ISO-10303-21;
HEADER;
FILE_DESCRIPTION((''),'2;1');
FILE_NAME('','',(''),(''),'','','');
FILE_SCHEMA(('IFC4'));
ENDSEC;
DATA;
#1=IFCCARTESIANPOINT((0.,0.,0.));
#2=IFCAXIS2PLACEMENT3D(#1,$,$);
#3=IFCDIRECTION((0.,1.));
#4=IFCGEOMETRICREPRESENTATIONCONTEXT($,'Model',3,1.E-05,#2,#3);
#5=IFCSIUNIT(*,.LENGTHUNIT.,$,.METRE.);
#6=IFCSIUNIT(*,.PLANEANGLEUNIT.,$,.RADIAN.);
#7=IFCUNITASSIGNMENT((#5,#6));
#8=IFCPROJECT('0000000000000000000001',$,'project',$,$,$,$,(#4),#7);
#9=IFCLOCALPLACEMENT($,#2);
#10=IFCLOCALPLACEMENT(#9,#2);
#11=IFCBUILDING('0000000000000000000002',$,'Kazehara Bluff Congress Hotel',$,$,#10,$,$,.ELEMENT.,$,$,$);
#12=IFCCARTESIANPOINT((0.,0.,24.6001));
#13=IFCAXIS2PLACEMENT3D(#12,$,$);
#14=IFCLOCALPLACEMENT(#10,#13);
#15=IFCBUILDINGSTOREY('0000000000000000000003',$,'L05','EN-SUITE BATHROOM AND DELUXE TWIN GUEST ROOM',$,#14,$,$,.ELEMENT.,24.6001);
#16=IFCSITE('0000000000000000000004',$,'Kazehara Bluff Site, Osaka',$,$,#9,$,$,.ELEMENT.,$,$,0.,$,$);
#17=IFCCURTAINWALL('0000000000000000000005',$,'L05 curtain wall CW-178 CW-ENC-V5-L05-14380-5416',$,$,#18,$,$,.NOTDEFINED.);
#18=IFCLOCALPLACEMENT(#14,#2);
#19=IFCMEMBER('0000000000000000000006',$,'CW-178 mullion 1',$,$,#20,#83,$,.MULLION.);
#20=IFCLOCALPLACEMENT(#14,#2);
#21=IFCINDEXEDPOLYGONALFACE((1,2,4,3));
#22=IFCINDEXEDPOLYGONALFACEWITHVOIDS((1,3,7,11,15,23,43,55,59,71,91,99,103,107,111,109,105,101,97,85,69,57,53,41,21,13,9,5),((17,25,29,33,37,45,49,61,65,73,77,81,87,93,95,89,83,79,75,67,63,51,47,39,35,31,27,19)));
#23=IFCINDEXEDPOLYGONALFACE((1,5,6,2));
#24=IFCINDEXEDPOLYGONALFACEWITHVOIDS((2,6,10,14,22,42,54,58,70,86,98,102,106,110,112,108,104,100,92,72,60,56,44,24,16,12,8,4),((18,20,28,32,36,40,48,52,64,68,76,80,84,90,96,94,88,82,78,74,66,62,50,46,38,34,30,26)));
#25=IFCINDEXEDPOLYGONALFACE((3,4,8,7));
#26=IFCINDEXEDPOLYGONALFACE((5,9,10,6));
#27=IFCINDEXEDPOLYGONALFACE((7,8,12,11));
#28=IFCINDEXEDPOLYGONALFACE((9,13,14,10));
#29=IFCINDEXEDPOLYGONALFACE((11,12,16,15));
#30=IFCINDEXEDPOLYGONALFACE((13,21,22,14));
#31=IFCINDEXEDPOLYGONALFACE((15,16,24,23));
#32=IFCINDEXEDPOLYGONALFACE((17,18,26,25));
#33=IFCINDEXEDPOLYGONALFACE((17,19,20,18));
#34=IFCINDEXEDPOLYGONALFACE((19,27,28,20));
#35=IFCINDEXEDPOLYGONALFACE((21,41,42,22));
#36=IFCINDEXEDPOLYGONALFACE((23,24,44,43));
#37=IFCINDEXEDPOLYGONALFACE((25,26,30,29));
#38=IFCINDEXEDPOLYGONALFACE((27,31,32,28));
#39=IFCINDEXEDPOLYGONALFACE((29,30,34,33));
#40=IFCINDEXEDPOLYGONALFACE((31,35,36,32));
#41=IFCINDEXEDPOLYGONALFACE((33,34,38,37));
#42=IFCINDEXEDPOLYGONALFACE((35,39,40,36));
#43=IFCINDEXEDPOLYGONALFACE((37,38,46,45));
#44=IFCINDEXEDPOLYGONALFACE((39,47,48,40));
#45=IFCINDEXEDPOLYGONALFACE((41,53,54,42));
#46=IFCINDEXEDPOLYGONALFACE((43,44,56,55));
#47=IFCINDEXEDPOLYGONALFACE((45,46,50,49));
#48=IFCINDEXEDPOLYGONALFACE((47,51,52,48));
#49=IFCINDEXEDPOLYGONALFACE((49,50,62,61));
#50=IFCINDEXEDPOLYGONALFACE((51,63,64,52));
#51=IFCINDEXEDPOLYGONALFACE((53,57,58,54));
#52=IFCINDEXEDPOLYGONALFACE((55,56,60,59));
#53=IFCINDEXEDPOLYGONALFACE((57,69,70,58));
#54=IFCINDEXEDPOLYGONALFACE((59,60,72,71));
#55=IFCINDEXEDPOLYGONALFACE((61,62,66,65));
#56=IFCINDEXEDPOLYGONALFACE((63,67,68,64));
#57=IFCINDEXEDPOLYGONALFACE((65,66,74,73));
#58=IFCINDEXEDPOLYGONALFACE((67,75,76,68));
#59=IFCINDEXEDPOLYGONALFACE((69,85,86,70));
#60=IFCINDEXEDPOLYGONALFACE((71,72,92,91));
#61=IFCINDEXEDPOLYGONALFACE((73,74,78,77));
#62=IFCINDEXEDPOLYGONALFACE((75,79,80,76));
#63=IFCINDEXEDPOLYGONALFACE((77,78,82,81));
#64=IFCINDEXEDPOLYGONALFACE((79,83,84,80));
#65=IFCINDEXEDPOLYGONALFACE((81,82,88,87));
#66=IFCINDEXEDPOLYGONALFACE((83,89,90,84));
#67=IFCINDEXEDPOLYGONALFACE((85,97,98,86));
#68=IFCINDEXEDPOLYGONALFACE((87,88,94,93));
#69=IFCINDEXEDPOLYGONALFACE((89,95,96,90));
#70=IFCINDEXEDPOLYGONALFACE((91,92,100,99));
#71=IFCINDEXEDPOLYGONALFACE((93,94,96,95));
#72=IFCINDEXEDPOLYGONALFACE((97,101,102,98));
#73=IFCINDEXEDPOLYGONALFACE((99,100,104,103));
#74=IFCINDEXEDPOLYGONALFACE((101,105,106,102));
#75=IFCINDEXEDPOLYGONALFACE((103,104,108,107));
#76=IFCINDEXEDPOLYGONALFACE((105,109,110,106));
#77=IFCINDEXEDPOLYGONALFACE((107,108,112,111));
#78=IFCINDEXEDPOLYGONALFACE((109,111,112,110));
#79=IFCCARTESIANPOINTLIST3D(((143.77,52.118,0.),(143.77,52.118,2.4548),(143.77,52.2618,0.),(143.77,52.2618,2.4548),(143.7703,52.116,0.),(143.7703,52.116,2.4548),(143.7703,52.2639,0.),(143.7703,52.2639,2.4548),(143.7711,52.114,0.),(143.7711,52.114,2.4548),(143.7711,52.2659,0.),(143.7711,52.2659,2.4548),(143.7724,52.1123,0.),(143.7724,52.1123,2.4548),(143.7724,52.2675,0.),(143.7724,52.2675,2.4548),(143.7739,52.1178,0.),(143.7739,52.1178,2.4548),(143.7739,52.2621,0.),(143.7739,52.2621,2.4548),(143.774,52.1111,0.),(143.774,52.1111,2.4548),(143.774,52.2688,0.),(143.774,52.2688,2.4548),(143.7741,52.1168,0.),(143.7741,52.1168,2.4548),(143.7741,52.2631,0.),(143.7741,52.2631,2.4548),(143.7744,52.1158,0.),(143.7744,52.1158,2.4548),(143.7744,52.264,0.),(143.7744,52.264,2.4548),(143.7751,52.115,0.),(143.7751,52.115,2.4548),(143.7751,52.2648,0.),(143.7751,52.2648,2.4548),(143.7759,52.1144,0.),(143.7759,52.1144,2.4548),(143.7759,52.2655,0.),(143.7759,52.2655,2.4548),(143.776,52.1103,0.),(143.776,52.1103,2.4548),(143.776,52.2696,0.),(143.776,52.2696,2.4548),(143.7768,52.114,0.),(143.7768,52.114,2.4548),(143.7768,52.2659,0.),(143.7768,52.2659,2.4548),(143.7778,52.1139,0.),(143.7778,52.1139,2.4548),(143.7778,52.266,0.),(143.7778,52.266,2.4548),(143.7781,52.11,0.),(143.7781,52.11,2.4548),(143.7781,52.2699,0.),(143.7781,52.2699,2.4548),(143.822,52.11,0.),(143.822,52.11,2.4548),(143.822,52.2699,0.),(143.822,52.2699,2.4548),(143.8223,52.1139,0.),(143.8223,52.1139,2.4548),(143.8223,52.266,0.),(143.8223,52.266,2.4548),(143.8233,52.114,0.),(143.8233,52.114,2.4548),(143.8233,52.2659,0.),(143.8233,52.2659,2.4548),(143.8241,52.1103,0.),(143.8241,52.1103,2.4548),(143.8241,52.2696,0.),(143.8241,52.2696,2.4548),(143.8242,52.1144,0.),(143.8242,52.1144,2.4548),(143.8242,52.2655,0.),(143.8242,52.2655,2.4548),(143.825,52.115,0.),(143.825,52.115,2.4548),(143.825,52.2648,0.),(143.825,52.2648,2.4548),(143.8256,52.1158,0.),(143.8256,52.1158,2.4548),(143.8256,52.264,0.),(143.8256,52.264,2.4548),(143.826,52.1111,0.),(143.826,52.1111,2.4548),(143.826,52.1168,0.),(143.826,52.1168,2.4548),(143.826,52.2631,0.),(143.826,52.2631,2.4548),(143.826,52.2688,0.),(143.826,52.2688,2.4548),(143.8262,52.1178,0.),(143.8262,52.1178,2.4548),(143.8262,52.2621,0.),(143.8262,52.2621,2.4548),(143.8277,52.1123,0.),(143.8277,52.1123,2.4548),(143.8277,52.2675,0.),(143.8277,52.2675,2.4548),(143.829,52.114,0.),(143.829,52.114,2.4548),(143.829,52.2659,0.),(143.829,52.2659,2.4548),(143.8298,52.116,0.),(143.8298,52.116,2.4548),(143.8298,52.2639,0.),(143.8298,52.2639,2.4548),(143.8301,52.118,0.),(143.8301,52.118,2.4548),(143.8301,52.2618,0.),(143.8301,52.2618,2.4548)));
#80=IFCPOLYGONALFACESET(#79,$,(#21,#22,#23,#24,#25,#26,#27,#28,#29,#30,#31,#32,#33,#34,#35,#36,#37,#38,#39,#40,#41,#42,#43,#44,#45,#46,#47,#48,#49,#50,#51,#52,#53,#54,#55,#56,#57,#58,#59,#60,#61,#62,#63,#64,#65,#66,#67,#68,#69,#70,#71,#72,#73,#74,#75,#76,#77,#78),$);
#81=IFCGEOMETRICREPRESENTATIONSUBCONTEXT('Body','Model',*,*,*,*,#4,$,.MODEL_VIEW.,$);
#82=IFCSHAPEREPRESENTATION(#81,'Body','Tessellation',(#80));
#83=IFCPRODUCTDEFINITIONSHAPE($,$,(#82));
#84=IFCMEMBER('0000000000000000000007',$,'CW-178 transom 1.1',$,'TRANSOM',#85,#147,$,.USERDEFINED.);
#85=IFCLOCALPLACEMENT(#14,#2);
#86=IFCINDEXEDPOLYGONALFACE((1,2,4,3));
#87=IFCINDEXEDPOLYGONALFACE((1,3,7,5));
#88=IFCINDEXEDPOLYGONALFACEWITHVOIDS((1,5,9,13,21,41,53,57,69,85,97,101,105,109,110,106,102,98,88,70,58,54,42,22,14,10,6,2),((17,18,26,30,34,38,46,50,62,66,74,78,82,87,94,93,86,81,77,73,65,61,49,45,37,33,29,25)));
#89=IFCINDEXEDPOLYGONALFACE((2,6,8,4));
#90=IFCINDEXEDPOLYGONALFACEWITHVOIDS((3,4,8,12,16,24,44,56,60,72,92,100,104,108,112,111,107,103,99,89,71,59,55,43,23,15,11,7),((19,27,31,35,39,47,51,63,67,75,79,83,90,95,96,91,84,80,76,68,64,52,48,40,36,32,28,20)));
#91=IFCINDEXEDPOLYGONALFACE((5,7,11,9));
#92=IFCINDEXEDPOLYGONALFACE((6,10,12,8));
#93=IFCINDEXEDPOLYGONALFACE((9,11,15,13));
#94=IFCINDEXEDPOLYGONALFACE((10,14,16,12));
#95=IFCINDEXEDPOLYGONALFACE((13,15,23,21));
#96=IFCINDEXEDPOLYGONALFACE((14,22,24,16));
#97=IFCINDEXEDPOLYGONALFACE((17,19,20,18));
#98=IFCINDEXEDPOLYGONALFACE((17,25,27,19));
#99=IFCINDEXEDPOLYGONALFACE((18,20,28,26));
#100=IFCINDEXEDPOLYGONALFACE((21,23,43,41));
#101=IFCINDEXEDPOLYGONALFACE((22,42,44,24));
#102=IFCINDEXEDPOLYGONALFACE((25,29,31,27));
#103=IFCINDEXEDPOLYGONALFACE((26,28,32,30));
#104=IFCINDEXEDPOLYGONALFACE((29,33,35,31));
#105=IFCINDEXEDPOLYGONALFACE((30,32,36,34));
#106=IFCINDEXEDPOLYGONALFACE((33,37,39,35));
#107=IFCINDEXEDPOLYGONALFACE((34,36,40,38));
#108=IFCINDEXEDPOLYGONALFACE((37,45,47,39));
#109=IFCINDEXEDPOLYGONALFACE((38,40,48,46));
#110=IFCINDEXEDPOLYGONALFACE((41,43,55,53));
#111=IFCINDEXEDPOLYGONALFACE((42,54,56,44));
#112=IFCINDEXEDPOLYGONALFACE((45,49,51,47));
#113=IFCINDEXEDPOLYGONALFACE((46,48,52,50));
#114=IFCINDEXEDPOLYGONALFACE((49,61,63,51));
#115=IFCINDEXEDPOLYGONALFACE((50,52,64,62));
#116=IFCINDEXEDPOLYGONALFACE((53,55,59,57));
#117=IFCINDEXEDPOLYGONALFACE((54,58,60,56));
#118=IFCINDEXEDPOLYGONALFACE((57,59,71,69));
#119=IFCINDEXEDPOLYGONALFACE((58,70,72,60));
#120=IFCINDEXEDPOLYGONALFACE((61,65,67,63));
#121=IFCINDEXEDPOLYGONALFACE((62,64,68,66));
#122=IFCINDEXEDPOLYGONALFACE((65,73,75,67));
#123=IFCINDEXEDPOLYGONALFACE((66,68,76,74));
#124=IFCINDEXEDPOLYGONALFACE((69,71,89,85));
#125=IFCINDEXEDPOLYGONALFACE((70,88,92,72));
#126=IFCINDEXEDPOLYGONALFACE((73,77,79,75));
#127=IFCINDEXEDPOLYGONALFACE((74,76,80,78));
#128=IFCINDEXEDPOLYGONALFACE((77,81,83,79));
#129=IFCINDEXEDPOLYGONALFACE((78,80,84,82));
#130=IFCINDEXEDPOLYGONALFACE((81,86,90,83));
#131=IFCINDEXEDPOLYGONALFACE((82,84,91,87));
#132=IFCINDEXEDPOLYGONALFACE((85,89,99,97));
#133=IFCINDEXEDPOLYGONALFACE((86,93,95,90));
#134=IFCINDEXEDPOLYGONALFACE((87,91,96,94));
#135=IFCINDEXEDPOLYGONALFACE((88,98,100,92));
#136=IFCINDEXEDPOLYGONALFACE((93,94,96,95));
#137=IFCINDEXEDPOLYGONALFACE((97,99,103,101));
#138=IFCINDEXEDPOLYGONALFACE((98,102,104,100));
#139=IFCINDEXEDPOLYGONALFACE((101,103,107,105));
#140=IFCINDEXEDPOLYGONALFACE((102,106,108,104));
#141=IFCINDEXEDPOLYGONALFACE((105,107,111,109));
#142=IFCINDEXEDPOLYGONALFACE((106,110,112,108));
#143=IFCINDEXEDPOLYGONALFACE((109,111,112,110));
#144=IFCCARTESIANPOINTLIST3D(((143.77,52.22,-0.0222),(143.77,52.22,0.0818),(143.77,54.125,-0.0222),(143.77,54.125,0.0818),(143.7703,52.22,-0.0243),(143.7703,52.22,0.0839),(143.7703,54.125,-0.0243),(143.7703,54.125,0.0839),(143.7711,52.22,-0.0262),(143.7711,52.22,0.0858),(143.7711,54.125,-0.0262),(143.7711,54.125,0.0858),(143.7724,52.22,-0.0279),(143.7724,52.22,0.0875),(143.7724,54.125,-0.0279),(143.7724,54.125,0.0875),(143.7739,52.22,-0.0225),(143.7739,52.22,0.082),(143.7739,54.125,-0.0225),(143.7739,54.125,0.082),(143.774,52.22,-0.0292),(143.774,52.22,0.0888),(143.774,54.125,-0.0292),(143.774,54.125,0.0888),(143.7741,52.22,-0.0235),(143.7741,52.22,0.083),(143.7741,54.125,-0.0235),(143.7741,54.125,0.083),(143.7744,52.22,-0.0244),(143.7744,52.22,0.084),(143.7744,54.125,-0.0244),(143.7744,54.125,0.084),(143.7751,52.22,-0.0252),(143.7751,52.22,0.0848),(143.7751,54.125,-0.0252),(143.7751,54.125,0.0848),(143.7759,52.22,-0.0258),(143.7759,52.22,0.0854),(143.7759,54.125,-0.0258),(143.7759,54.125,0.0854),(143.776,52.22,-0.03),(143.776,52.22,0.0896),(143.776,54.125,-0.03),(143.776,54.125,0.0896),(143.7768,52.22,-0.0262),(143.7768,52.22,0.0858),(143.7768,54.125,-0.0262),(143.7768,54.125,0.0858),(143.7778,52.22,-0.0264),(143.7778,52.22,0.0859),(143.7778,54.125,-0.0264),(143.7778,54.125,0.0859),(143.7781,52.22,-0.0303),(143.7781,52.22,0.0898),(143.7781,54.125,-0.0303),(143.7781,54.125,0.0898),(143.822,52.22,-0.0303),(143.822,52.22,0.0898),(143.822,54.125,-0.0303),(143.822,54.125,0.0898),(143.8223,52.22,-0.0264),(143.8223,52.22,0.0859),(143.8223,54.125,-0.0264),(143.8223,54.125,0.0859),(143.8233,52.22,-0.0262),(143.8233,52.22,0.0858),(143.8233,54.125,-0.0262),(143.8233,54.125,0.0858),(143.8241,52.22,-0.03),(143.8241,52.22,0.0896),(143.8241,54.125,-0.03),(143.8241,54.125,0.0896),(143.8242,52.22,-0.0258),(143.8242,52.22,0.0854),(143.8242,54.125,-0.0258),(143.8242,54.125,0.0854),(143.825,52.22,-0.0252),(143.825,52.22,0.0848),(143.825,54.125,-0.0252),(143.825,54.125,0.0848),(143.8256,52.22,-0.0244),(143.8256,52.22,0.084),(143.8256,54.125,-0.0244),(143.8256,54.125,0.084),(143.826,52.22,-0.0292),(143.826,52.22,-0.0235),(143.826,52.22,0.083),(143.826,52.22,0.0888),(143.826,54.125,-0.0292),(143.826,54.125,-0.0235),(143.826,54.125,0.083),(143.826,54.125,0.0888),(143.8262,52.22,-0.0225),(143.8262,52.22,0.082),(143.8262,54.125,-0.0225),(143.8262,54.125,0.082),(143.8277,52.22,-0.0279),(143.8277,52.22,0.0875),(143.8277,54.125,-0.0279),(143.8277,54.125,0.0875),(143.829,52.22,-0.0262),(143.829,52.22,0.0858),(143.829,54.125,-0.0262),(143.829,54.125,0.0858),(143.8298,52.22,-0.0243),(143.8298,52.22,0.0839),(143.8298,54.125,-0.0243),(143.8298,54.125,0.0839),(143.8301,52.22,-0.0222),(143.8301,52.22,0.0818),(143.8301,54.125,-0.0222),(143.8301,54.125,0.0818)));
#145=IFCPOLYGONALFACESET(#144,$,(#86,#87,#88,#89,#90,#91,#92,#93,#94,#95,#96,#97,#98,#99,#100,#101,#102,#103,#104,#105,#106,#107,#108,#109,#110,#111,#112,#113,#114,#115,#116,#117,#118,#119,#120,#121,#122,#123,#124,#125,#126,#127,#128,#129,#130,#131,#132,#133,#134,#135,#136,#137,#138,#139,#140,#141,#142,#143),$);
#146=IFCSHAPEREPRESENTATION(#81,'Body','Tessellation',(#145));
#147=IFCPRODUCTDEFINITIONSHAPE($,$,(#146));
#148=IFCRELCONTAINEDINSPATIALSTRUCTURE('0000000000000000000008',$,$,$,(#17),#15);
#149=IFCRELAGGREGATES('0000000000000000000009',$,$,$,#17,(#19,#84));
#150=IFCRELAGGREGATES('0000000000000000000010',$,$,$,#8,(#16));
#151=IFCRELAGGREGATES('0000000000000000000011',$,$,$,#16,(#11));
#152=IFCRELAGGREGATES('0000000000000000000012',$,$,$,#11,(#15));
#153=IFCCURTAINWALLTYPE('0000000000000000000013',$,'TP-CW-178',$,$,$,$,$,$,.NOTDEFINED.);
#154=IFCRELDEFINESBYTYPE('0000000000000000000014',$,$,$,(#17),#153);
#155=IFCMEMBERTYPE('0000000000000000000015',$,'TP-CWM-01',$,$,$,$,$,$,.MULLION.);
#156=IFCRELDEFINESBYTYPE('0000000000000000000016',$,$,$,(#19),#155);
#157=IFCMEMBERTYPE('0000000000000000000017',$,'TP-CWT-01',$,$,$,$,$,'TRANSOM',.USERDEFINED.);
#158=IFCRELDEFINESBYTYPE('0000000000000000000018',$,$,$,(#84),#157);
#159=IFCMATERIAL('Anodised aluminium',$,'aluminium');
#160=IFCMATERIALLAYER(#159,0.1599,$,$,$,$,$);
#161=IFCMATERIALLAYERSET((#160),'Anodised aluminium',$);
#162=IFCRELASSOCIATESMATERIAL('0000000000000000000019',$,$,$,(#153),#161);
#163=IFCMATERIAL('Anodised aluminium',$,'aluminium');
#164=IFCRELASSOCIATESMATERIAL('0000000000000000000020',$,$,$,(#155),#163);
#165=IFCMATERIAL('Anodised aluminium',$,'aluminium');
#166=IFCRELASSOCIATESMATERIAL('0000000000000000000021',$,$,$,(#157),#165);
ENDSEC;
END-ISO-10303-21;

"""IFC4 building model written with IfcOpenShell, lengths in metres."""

from ifc_helpers import new_model, si_unit, direction, frame, origin, origin_2d, place, context, subcontext, project, spatial, hollow_rectangle, extrude, material, layer, layer_set, material_profile, profile_set, type_object, element, aggregate, save


model = new_model("IFC4")

# Units and contexts
model_context = context("Model", 3, precision=1e-05, world=origin(), true_north=direction((0.0, 1.0)))
body_context = subcontext(model_context, "Body", "Model", "MODEL_VIEW")
ifc_project = project(units=[si_unit("LENGTHUNIT", "METRE"), si_unit("PLANEANGLEUNIT", "RADIAN")], contexts=[model_context])

# Site, building, storey
site_placement = place(None, origin())
site = spatial("IfcSite", under=ifc_project, at=site_placement, Name="Kazehara Bluff Site, Osaka", CompositionType="ELEMENT", RefElevation=0.0)
building_placement = place(site_placement, origin())
building = spatial("IfcBuilding", under=site, at=building_placement, Name="Kazehara Bluff Congress Hotel", CompositionType="ELEMENT")
storey_placement = place(building_placement, frame((0.0, 0.0, 24.6001)))
storey = spatial("IfcBuildingStorey", under=building, at=storey_placement, Name="L05", Description="EN-SUITE BATHROOM AND DELUXE TWIN GUEST ROOM", CompositionType="ELEMENT", Elevation=24.6001)

# Curtain wall, members
ifc_material_1 = material(Name="Anodised aluminium", Category="aluminium")
ifc_layer_1 = layer(ifc_material_1, 0.1599)
ifc_layer_set_1 = layer_set([ifc_layer_1], Name="Anodised aluminium")
curtain_wall_type_1 = type_object("IfcCurtainWallType", Name="TP-CW-178", PredefinedType="NOTDEFINED", material=ifc_layer_set_1)
curtain_wall_1_placement = place(storey_placement, origin())
curtain_wall_1 = element("IfcCurtainWall", 1, at=curtain_wall_1_placement, inside=storey, type_object=curtain_wall_type_1, Name="L05 curtain wall CW-178 CW-ENC-V5-L05-14380-5416", PredefinedType="NOTDEFINED")
ifc_material_2 = material(Name="Anodised aluminium", Category="aluminium")
ifc_material_profile_1 = material_profile(ifc_material_2, hollow_rectangle(XDim=0.0601, YDim=0.1599, WallThickness=0.0039, InnerFilletRadius=0.0039, OuterFilletRadius=0.0081, at=origin_2d()))
ifc_profile_set_1 = profile_set([ifc_material_profile_1], Name="Anodised aluminium")
member_type_1 = type_object("IfcMemberType", Name="TP-CWM-01", PredefinedType="MULLION", material=ifc_profile_set_1)
member_1_placement = place(storey_placement, frame((143.8, 52.1899, 0.0), z_axis=(0.0, 0.0, 1.0), x_axis=(-1.0, 0.0, 0.0)))
member_1 = element("IfcMember", 2, at=member_1_placement, type_object=member_type_1, Name="CW-178 mullion 1", PredefinedType="MULLION", context=body_context, shape_type="SweptSolid", body=[
    extrude(hollow_rectangle(XDim=0.0601, YDim=0.1599, WallThickness=0.0039, InnerFilletRadius=0.0039, OuterFilletRadius=0.0081, at=origin_2d()), origin(), (0.0, 0.0, 1.0), 2.4548),
])
ifc_material_3 = material(Name="Anodised aluminium", Category="aluminium")
ifc_material_profile_2 = material_profile(ifc_material_3, hollow_rectangle(XDim=0.0601, YDim=0.1201, WallThickness=0.0039, InnerFilletRadius=0.0039, OuterFilletRadius=0.0081, at=origin_2d()))
ifc_profile_set_2 = profile_set([ifc_material_profile_2], Name="Anodised aluminium")
member_type_2 = type_object("IfcMemberType", Name="TP-CWT-01", ElementType="TRANSOM", PredefinedType="USERDEFINED", material=ifc_profile_set_2)
member_2_placement = place(storey_placement, frame((143.8, 52.22, 0.0298), z_axis=(0.0, 1.0, 0.0), x_axis=(-1.0, 0.0, 0.0)))
member_2 = element("IfcMember", 3, at=member_2_placement, type_object=member_type_2, Name="CW-178 transom 1.1", ObjectType="TRANSOM", PredefinedType="USERDEFINED", context=body_context, shape_type="SweptSolid", body=[
    extrude(hollow_rectangle(XDim=0.0601, YDim=0.1201, WallThickness=0.0039, InnerFilletRadius=0.0039, OuterFilletRadius=0.0081, at=origin_2d()), origin(), (0.0, 0.0, 1.0), 1.905),
])

aggregate(curtain_wall_1, [member_1, member_2])

save(model, "model.ifc")
